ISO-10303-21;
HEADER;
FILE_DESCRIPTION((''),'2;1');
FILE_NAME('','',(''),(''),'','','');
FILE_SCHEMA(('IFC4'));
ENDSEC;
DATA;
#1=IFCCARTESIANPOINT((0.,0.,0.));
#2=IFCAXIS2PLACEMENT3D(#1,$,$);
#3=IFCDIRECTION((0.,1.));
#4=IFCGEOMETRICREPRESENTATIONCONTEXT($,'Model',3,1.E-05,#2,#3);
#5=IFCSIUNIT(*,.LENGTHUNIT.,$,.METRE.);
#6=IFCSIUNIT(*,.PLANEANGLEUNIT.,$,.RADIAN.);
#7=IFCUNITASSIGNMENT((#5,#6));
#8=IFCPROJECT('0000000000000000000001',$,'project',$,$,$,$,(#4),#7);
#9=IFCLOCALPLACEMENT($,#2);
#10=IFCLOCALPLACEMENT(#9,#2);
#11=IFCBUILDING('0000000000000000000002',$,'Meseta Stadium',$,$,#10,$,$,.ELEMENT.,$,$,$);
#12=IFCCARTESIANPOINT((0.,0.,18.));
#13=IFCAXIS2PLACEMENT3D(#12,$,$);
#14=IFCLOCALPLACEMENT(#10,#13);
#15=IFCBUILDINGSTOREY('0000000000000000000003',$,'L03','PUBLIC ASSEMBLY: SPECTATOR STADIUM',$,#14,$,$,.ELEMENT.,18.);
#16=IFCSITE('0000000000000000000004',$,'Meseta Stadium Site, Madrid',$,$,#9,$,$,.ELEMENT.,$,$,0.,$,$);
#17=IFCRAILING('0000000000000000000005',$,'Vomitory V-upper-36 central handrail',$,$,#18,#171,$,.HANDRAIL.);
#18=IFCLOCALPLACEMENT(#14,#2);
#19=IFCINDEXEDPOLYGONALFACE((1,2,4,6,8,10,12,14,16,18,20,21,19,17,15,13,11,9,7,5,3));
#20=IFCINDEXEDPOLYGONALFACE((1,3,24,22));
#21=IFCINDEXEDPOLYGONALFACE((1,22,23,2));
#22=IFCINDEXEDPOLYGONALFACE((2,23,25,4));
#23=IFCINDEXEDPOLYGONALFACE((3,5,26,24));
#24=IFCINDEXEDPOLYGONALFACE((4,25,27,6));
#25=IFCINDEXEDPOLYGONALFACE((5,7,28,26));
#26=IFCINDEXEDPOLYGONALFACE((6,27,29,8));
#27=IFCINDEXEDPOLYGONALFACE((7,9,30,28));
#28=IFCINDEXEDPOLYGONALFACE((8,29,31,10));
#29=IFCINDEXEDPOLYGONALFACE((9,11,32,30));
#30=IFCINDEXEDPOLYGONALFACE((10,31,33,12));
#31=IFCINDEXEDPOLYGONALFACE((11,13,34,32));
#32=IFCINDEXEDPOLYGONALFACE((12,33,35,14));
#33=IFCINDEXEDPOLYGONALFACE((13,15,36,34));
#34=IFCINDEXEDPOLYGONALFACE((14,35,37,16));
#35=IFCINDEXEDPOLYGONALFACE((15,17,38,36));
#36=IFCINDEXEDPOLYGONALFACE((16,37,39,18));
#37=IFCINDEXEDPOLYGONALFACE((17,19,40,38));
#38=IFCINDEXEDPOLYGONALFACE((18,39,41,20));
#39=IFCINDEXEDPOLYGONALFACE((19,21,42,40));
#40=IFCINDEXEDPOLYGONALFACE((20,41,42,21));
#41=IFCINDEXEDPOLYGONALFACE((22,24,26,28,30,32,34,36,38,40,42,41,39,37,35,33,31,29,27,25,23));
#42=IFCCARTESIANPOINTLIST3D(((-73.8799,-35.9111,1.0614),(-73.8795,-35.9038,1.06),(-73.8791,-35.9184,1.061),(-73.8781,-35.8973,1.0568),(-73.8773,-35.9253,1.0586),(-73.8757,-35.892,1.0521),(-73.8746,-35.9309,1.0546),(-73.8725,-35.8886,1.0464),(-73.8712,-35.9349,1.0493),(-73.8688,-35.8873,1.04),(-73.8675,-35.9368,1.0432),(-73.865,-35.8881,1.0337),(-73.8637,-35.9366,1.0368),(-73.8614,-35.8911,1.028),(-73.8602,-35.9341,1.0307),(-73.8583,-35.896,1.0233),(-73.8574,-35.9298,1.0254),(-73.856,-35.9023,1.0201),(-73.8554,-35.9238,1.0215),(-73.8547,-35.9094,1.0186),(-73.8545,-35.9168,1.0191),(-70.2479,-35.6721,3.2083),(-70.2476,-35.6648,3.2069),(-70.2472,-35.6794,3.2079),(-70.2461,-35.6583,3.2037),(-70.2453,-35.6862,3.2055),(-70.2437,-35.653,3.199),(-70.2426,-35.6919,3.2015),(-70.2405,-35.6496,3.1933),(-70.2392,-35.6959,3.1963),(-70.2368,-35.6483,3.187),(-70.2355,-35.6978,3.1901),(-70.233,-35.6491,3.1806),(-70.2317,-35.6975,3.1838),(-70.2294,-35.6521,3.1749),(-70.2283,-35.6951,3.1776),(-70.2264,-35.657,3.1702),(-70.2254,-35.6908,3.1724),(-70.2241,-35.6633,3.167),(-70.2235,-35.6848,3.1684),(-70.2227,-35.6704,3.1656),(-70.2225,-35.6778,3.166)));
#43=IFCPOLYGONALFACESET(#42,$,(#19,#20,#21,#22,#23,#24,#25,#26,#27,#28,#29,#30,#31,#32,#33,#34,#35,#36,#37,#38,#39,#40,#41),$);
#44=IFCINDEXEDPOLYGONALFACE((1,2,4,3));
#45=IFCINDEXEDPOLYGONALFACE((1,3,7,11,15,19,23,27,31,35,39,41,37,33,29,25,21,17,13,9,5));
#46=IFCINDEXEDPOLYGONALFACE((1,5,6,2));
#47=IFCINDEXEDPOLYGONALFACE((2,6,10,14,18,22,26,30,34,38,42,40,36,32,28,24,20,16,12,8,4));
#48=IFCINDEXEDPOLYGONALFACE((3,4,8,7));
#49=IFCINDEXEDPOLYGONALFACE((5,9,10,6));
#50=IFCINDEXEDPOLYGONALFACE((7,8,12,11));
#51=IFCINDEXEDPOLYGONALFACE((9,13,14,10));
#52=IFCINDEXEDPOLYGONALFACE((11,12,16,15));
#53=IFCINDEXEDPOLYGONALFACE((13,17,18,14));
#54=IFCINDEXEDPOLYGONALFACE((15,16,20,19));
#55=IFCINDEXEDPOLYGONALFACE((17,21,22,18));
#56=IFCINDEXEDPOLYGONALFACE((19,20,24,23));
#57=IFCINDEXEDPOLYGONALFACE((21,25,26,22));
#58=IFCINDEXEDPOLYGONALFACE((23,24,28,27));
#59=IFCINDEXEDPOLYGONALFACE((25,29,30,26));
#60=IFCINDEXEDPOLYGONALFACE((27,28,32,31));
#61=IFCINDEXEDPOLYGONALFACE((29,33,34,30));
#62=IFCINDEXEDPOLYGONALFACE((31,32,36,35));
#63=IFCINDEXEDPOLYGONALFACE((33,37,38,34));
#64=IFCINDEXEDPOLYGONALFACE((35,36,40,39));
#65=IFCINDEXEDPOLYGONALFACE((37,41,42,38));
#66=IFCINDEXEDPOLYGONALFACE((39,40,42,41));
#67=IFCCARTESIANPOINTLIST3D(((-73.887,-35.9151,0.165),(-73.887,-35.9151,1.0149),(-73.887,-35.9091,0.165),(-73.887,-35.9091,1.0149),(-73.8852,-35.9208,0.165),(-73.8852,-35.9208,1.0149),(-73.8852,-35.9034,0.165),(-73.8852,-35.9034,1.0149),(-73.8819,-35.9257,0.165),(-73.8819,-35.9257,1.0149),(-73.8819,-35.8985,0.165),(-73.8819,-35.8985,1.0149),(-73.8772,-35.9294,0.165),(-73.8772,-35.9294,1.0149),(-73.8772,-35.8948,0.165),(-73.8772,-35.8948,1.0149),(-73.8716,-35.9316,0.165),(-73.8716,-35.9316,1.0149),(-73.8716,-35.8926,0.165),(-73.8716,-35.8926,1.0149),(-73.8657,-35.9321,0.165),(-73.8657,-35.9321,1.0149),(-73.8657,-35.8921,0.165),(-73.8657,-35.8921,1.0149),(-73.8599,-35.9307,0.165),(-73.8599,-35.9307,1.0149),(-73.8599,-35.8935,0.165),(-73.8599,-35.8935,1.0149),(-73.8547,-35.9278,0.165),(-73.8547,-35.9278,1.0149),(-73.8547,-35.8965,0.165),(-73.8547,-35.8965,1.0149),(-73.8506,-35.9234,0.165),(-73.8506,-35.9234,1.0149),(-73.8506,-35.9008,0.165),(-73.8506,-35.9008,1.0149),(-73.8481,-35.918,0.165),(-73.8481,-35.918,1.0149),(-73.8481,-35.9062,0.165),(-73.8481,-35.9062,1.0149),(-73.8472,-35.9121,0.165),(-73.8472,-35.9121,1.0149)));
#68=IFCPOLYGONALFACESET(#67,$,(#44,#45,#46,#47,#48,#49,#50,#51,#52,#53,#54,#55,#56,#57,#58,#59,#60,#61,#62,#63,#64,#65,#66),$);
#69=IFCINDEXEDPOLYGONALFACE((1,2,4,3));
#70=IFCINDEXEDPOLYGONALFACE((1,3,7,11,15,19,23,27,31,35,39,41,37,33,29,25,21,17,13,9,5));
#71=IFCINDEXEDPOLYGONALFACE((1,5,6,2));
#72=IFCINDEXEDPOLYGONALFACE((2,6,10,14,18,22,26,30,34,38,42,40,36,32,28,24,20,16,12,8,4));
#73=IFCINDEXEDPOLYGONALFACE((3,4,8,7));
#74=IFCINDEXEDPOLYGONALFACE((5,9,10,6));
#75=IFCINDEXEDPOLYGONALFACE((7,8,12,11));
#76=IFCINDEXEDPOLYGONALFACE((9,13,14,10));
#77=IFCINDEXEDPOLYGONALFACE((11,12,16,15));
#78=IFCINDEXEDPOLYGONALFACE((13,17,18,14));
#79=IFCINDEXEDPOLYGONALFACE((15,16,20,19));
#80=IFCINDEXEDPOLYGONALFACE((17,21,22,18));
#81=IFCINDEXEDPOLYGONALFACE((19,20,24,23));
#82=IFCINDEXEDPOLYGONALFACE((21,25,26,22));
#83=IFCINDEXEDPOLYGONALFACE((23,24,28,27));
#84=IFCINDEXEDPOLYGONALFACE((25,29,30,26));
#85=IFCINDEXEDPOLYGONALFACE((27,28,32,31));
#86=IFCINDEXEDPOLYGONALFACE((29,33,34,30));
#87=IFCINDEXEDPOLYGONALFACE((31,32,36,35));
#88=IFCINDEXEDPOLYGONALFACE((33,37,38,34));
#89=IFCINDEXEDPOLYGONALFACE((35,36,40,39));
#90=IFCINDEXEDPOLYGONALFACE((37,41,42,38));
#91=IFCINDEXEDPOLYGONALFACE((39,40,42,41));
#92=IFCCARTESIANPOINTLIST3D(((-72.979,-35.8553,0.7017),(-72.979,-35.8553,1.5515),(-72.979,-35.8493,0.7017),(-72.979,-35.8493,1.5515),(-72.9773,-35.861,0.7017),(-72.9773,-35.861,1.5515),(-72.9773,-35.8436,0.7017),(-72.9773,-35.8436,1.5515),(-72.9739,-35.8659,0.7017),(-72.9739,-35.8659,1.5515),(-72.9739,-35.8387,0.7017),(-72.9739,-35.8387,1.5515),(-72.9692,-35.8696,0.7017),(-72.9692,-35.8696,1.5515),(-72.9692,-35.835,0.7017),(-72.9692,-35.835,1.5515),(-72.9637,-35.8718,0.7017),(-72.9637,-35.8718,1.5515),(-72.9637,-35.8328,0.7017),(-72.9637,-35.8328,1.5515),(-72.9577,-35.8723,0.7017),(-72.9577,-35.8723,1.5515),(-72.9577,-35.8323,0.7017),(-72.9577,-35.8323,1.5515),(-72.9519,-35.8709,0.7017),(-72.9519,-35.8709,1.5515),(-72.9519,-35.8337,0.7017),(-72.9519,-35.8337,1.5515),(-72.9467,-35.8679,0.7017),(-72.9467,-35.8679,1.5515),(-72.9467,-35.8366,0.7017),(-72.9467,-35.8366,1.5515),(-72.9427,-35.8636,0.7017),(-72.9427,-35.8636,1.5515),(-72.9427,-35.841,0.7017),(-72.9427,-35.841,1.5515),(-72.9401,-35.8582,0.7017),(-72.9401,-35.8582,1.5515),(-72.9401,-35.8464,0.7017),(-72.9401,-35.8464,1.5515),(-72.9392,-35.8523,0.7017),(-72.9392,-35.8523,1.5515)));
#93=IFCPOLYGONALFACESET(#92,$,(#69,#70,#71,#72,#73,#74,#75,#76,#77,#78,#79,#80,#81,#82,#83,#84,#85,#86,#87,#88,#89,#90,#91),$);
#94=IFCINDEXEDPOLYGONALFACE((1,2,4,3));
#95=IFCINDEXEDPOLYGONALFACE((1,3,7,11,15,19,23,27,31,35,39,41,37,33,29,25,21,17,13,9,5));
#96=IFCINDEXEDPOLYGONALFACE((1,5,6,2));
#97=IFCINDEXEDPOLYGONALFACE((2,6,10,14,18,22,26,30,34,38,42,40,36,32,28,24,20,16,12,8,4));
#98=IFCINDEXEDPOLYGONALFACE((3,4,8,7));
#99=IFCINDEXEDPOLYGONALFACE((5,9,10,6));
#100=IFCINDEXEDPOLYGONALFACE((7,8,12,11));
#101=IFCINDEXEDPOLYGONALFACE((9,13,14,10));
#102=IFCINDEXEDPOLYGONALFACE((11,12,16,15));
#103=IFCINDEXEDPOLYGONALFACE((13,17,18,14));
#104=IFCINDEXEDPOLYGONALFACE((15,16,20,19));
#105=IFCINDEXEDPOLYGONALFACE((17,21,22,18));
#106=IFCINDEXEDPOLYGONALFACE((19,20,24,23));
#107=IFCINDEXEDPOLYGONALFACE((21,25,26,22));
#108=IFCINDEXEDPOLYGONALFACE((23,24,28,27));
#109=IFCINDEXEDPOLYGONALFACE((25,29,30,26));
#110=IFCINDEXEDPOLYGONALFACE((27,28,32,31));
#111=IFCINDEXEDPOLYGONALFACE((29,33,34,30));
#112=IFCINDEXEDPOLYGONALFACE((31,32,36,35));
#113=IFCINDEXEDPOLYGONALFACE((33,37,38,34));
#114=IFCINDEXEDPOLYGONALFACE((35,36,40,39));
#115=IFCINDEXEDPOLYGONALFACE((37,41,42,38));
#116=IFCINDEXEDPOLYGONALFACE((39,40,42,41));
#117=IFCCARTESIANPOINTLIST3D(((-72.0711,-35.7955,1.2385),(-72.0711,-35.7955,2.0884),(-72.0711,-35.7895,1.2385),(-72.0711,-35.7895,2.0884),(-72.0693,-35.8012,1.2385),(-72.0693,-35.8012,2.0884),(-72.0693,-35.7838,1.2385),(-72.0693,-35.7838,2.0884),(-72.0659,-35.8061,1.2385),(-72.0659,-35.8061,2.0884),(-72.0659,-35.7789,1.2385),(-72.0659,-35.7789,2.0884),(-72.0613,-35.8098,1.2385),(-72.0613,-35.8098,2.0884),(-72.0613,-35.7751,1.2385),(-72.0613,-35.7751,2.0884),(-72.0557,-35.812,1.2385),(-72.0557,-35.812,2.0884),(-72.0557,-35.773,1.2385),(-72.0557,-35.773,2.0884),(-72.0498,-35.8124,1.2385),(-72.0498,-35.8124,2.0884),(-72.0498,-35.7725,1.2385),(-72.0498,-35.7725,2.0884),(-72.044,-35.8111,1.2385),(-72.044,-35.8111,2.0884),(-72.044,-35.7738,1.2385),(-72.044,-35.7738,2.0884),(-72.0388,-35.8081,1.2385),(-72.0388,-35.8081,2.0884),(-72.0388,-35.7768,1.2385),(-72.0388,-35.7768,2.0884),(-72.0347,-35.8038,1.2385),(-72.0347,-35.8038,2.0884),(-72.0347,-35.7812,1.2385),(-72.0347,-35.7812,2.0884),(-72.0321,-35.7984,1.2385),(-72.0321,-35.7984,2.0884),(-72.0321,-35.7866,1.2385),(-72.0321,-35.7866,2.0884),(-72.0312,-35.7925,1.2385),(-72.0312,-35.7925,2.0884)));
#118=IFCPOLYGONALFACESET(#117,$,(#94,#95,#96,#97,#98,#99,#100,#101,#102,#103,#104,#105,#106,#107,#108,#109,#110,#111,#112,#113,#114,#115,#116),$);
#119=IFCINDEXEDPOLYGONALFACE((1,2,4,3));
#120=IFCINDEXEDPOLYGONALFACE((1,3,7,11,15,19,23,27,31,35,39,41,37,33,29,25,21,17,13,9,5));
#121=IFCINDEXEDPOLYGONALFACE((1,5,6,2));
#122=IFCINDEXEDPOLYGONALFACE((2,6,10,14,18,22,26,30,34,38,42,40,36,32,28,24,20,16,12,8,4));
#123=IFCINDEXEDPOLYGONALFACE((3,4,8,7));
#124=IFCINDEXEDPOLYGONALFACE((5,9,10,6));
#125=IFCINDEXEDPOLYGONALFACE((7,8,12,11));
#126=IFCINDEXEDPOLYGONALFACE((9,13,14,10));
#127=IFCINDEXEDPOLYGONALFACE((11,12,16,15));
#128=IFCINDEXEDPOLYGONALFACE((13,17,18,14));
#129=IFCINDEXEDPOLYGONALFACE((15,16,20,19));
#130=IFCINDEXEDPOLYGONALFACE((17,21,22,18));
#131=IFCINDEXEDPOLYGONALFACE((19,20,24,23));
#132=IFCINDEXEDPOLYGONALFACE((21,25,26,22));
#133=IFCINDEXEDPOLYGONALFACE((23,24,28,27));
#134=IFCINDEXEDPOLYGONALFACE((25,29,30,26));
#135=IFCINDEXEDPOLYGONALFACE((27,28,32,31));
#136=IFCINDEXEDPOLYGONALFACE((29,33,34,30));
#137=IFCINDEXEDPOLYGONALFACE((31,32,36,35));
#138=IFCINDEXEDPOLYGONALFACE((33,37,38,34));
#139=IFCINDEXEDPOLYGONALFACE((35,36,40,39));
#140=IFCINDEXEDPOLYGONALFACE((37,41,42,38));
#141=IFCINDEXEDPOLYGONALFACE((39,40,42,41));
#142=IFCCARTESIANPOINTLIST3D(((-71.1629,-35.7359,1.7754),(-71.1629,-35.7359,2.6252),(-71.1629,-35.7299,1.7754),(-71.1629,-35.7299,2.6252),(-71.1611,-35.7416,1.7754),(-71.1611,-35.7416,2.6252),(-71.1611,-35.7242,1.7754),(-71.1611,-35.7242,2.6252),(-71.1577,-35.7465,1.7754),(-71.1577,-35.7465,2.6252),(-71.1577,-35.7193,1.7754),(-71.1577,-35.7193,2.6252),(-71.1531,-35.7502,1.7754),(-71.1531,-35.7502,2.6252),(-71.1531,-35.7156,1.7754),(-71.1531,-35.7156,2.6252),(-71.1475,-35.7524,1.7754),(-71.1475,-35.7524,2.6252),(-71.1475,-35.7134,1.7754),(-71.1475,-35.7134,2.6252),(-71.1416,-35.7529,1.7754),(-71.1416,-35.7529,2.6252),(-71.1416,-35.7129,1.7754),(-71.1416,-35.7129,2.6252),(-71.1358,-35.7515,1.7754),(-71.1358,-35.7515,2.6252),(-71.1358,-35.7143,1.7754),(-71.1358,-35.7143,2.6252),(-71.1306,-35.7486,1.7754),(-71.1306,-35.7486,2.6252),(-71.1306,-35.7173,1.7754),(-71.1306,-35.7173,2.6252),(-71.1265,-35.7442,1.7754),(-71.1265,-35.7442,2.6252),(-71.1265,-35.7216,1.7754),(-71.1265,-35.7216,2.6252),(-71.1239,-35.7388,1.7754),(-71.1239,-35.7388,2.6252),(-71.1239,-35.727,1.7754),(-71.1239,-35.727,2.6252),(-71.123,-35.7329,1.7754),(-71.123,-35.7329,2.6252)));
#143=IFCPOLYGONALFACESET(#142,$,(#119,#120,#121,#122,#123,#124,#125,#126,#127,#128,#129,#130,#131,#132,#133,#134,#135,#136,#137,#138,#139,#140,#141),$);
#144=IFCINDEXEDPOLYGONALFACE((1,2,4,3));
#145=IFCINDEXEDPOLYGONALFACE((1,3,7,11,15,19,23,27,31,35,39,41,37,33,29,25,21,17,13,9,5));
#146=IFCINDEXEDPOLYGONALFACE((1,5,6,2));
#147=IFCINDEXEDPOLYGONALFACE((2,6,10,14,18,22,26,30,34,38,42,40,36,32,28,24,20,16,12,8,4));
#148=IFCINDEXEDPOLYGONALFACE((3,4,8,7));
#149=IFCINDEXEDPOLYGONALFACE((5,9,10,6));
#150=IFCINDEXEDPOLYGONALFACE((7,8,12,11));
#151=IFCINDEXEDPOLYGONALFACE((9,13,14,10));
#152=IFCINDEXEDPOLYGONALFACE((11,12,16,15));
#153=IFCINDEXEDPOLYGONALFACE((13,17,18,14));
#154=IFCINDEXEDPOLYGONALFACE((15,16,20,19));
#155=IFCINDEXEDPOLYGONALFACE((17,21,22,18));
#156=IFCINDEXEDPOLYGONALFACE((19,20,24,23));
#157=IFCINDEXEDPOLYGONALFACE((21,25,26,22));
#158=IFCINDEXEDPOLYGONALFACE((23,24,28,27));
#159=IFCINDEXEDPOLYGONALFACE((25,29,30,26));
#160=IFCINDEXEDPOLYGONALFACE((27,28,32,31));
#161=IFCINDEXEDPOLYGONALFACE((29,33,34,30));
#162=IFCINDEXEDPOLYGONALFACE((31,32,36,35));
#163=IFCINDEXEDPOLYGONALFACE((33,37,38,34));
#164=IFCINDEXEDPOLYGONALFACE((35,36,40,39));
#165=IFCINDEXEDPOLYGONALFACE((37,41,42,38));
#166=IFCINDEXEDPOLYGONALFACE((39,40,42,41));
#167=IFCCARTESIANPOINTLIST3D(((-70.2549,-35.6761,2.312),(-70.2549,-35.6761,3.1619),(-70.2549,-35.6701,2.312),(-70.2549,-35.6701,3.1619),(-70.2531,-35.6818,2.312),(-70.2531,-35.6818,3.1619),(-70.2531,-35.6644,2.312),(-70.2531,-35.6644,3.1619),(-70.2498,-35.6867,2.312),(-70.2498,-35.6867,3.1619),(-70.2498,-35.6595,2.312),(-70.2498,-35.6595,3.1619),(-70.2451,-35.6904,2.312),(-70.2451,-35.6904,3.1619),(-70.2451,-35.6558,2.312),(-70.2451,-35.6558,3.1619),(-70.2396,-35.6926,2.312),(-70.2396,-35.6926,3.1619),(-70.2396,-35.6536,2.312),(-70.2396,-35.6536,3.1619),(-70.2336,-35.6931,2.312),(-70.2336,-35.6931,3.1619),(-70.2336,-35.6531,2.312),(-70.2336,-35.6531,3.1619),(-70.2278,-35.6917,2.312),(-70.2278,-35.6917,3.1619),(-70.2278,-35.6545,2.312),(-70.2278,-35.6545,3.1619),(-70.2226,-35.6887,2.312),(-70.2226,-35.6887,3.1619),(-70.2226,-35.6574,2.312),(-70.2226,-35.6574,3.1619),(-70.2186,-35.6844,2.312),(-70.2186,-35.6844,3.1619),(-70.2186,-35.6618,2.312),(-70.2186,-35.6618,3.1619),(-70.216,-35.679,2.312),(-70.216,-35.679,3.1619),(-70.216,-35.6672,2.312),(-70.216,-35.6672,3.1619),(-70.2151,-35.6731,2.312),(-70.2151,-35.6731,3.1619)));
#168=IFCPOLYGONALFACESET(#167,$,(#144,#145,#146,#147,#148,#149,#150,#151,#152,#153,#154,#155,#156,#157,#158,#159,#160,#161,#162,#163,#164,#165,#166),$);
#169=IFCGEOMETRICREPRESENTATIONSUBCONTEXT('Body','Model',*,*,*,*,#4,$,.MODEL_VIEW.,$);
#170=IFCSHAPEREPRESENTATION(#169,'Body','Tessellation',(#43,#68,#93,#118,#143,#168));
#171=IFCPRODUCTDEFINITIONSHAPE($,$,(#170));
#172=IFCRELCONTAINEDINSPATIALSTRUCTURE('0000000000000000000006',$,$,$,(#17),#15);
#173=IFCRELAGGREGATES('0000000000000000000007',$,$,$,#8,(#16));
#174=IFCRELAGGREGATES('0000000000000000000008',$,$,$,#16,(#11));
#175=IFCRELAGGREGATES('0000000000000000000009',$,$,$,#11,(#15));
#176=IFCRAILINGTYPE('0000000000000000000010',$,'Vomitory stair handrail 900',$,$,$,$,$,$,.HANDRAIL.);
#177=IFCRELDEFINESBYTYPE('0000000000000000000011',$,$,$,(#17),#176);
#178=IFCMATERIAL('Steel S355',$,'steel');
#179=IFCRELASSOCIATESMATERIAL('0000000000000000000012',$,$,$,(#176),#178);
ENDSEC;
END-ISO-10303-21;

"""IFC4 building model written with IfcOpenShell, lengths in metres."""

from ifc_helpers import new_model, si_unit, direction, frame, origin, origin_2d, place, context, subcontext, project, spatial, circle, extrude, material, type_object, element, save


model = new_model("IFC4")

# Units and contexts
model_context = context("Model", 3, precision=1e-05, world=origin(), true_north=direction((0.0, 1.0)))
body_context = subcontext(model_context, "Body", "Model", "MODEL_VIEW")
ifc_project = project(units=[si_unit("LENGTHUNIT", "METRE"), si_unit("PLANEANGLEUNIT", "RADIAN")], contexts=[model_context])

# Site, building, storey
site_placement = place(None, origin())
site = spatial("IfcSite", under=ifc_project, at=site_placement, Name="Meseta Stadium Site, Madrid", CompositionType="ELEMENT", RefElevation=0.0)
building_placement = place(site_placement, origin())
building = spatial("IfcBuilding", under=site, at=building_placement, Name="Meseta Stadium", CompositionType="ELEMENT")
storey_placement = place(building_placement, frame((0.0, 0.0, 18.0)))
storey = spatial("IfcBuildingStorey", under=building, at=storey_placement, Name="L03", Description="PUBLIC ASSEMBLY: SPECTATOR STADIUM", CompositionType="ELEMENT", Elevation=18.0)

# Railing
ifc_material_1 = material(Name="Steel S355", Category="steel")
railing_type_1 = type_object("IfcRailingType", Name="Vomitory stair handrail 900", PredefinedType="HANDRAIL", material=ifc_material_1)
railing_1_placement = place(storey_placement, frame((-73.8672, -35.9121, 0.165)))
element("IfcRailing", 1, at=railing_1_placement, inside=storey, type_object=railing_type_1, Name="Vomitory V-upper-36 central handrail", PredefinedType="HANDRAIL", context=body_context, shape_type="SweptSolid", body=[
    extrude(circle(Radius=0.0249, at=origin_2d()), frame((0.0, 0.0, 0.875), z_axis=(0.859471, 0.056559, 0.508045), x_axis=(-0.065664, 0.997842, 0.0)), (0.0, 0.0, 1.0), 4.2258),
    extrude(circle(Radius=0.02, at=origin_2d()), origin(), (0.0, 0.0, 1.0), 0.8499),
    extrude(circle(Radius=0.02, at=origin_2d()), frame((0.908, 0.0598, 0.5366)), (0.0, 0.0, 1.0), 0.8499),
    extrude(circle(Radius=0.02, at=origin_2d()), frame((1.8159, 0.1196, 1.0735)), (0.0, 0.0, 1.0), 0.8499),
    extrude(circle(Radius=0.02, at=origin_2d()), frame((2.7241, 0.1792, 1.6104)), (0.0, 0.0, 1.0), 0.8499),
    extrude(circle(Radius=0.02, at=origin_2d()), frame((3.6321, 0.239, 2.147)), (0.0, 0.0, 1.0), 0.8499),
])

save(model, "model.ifc")
